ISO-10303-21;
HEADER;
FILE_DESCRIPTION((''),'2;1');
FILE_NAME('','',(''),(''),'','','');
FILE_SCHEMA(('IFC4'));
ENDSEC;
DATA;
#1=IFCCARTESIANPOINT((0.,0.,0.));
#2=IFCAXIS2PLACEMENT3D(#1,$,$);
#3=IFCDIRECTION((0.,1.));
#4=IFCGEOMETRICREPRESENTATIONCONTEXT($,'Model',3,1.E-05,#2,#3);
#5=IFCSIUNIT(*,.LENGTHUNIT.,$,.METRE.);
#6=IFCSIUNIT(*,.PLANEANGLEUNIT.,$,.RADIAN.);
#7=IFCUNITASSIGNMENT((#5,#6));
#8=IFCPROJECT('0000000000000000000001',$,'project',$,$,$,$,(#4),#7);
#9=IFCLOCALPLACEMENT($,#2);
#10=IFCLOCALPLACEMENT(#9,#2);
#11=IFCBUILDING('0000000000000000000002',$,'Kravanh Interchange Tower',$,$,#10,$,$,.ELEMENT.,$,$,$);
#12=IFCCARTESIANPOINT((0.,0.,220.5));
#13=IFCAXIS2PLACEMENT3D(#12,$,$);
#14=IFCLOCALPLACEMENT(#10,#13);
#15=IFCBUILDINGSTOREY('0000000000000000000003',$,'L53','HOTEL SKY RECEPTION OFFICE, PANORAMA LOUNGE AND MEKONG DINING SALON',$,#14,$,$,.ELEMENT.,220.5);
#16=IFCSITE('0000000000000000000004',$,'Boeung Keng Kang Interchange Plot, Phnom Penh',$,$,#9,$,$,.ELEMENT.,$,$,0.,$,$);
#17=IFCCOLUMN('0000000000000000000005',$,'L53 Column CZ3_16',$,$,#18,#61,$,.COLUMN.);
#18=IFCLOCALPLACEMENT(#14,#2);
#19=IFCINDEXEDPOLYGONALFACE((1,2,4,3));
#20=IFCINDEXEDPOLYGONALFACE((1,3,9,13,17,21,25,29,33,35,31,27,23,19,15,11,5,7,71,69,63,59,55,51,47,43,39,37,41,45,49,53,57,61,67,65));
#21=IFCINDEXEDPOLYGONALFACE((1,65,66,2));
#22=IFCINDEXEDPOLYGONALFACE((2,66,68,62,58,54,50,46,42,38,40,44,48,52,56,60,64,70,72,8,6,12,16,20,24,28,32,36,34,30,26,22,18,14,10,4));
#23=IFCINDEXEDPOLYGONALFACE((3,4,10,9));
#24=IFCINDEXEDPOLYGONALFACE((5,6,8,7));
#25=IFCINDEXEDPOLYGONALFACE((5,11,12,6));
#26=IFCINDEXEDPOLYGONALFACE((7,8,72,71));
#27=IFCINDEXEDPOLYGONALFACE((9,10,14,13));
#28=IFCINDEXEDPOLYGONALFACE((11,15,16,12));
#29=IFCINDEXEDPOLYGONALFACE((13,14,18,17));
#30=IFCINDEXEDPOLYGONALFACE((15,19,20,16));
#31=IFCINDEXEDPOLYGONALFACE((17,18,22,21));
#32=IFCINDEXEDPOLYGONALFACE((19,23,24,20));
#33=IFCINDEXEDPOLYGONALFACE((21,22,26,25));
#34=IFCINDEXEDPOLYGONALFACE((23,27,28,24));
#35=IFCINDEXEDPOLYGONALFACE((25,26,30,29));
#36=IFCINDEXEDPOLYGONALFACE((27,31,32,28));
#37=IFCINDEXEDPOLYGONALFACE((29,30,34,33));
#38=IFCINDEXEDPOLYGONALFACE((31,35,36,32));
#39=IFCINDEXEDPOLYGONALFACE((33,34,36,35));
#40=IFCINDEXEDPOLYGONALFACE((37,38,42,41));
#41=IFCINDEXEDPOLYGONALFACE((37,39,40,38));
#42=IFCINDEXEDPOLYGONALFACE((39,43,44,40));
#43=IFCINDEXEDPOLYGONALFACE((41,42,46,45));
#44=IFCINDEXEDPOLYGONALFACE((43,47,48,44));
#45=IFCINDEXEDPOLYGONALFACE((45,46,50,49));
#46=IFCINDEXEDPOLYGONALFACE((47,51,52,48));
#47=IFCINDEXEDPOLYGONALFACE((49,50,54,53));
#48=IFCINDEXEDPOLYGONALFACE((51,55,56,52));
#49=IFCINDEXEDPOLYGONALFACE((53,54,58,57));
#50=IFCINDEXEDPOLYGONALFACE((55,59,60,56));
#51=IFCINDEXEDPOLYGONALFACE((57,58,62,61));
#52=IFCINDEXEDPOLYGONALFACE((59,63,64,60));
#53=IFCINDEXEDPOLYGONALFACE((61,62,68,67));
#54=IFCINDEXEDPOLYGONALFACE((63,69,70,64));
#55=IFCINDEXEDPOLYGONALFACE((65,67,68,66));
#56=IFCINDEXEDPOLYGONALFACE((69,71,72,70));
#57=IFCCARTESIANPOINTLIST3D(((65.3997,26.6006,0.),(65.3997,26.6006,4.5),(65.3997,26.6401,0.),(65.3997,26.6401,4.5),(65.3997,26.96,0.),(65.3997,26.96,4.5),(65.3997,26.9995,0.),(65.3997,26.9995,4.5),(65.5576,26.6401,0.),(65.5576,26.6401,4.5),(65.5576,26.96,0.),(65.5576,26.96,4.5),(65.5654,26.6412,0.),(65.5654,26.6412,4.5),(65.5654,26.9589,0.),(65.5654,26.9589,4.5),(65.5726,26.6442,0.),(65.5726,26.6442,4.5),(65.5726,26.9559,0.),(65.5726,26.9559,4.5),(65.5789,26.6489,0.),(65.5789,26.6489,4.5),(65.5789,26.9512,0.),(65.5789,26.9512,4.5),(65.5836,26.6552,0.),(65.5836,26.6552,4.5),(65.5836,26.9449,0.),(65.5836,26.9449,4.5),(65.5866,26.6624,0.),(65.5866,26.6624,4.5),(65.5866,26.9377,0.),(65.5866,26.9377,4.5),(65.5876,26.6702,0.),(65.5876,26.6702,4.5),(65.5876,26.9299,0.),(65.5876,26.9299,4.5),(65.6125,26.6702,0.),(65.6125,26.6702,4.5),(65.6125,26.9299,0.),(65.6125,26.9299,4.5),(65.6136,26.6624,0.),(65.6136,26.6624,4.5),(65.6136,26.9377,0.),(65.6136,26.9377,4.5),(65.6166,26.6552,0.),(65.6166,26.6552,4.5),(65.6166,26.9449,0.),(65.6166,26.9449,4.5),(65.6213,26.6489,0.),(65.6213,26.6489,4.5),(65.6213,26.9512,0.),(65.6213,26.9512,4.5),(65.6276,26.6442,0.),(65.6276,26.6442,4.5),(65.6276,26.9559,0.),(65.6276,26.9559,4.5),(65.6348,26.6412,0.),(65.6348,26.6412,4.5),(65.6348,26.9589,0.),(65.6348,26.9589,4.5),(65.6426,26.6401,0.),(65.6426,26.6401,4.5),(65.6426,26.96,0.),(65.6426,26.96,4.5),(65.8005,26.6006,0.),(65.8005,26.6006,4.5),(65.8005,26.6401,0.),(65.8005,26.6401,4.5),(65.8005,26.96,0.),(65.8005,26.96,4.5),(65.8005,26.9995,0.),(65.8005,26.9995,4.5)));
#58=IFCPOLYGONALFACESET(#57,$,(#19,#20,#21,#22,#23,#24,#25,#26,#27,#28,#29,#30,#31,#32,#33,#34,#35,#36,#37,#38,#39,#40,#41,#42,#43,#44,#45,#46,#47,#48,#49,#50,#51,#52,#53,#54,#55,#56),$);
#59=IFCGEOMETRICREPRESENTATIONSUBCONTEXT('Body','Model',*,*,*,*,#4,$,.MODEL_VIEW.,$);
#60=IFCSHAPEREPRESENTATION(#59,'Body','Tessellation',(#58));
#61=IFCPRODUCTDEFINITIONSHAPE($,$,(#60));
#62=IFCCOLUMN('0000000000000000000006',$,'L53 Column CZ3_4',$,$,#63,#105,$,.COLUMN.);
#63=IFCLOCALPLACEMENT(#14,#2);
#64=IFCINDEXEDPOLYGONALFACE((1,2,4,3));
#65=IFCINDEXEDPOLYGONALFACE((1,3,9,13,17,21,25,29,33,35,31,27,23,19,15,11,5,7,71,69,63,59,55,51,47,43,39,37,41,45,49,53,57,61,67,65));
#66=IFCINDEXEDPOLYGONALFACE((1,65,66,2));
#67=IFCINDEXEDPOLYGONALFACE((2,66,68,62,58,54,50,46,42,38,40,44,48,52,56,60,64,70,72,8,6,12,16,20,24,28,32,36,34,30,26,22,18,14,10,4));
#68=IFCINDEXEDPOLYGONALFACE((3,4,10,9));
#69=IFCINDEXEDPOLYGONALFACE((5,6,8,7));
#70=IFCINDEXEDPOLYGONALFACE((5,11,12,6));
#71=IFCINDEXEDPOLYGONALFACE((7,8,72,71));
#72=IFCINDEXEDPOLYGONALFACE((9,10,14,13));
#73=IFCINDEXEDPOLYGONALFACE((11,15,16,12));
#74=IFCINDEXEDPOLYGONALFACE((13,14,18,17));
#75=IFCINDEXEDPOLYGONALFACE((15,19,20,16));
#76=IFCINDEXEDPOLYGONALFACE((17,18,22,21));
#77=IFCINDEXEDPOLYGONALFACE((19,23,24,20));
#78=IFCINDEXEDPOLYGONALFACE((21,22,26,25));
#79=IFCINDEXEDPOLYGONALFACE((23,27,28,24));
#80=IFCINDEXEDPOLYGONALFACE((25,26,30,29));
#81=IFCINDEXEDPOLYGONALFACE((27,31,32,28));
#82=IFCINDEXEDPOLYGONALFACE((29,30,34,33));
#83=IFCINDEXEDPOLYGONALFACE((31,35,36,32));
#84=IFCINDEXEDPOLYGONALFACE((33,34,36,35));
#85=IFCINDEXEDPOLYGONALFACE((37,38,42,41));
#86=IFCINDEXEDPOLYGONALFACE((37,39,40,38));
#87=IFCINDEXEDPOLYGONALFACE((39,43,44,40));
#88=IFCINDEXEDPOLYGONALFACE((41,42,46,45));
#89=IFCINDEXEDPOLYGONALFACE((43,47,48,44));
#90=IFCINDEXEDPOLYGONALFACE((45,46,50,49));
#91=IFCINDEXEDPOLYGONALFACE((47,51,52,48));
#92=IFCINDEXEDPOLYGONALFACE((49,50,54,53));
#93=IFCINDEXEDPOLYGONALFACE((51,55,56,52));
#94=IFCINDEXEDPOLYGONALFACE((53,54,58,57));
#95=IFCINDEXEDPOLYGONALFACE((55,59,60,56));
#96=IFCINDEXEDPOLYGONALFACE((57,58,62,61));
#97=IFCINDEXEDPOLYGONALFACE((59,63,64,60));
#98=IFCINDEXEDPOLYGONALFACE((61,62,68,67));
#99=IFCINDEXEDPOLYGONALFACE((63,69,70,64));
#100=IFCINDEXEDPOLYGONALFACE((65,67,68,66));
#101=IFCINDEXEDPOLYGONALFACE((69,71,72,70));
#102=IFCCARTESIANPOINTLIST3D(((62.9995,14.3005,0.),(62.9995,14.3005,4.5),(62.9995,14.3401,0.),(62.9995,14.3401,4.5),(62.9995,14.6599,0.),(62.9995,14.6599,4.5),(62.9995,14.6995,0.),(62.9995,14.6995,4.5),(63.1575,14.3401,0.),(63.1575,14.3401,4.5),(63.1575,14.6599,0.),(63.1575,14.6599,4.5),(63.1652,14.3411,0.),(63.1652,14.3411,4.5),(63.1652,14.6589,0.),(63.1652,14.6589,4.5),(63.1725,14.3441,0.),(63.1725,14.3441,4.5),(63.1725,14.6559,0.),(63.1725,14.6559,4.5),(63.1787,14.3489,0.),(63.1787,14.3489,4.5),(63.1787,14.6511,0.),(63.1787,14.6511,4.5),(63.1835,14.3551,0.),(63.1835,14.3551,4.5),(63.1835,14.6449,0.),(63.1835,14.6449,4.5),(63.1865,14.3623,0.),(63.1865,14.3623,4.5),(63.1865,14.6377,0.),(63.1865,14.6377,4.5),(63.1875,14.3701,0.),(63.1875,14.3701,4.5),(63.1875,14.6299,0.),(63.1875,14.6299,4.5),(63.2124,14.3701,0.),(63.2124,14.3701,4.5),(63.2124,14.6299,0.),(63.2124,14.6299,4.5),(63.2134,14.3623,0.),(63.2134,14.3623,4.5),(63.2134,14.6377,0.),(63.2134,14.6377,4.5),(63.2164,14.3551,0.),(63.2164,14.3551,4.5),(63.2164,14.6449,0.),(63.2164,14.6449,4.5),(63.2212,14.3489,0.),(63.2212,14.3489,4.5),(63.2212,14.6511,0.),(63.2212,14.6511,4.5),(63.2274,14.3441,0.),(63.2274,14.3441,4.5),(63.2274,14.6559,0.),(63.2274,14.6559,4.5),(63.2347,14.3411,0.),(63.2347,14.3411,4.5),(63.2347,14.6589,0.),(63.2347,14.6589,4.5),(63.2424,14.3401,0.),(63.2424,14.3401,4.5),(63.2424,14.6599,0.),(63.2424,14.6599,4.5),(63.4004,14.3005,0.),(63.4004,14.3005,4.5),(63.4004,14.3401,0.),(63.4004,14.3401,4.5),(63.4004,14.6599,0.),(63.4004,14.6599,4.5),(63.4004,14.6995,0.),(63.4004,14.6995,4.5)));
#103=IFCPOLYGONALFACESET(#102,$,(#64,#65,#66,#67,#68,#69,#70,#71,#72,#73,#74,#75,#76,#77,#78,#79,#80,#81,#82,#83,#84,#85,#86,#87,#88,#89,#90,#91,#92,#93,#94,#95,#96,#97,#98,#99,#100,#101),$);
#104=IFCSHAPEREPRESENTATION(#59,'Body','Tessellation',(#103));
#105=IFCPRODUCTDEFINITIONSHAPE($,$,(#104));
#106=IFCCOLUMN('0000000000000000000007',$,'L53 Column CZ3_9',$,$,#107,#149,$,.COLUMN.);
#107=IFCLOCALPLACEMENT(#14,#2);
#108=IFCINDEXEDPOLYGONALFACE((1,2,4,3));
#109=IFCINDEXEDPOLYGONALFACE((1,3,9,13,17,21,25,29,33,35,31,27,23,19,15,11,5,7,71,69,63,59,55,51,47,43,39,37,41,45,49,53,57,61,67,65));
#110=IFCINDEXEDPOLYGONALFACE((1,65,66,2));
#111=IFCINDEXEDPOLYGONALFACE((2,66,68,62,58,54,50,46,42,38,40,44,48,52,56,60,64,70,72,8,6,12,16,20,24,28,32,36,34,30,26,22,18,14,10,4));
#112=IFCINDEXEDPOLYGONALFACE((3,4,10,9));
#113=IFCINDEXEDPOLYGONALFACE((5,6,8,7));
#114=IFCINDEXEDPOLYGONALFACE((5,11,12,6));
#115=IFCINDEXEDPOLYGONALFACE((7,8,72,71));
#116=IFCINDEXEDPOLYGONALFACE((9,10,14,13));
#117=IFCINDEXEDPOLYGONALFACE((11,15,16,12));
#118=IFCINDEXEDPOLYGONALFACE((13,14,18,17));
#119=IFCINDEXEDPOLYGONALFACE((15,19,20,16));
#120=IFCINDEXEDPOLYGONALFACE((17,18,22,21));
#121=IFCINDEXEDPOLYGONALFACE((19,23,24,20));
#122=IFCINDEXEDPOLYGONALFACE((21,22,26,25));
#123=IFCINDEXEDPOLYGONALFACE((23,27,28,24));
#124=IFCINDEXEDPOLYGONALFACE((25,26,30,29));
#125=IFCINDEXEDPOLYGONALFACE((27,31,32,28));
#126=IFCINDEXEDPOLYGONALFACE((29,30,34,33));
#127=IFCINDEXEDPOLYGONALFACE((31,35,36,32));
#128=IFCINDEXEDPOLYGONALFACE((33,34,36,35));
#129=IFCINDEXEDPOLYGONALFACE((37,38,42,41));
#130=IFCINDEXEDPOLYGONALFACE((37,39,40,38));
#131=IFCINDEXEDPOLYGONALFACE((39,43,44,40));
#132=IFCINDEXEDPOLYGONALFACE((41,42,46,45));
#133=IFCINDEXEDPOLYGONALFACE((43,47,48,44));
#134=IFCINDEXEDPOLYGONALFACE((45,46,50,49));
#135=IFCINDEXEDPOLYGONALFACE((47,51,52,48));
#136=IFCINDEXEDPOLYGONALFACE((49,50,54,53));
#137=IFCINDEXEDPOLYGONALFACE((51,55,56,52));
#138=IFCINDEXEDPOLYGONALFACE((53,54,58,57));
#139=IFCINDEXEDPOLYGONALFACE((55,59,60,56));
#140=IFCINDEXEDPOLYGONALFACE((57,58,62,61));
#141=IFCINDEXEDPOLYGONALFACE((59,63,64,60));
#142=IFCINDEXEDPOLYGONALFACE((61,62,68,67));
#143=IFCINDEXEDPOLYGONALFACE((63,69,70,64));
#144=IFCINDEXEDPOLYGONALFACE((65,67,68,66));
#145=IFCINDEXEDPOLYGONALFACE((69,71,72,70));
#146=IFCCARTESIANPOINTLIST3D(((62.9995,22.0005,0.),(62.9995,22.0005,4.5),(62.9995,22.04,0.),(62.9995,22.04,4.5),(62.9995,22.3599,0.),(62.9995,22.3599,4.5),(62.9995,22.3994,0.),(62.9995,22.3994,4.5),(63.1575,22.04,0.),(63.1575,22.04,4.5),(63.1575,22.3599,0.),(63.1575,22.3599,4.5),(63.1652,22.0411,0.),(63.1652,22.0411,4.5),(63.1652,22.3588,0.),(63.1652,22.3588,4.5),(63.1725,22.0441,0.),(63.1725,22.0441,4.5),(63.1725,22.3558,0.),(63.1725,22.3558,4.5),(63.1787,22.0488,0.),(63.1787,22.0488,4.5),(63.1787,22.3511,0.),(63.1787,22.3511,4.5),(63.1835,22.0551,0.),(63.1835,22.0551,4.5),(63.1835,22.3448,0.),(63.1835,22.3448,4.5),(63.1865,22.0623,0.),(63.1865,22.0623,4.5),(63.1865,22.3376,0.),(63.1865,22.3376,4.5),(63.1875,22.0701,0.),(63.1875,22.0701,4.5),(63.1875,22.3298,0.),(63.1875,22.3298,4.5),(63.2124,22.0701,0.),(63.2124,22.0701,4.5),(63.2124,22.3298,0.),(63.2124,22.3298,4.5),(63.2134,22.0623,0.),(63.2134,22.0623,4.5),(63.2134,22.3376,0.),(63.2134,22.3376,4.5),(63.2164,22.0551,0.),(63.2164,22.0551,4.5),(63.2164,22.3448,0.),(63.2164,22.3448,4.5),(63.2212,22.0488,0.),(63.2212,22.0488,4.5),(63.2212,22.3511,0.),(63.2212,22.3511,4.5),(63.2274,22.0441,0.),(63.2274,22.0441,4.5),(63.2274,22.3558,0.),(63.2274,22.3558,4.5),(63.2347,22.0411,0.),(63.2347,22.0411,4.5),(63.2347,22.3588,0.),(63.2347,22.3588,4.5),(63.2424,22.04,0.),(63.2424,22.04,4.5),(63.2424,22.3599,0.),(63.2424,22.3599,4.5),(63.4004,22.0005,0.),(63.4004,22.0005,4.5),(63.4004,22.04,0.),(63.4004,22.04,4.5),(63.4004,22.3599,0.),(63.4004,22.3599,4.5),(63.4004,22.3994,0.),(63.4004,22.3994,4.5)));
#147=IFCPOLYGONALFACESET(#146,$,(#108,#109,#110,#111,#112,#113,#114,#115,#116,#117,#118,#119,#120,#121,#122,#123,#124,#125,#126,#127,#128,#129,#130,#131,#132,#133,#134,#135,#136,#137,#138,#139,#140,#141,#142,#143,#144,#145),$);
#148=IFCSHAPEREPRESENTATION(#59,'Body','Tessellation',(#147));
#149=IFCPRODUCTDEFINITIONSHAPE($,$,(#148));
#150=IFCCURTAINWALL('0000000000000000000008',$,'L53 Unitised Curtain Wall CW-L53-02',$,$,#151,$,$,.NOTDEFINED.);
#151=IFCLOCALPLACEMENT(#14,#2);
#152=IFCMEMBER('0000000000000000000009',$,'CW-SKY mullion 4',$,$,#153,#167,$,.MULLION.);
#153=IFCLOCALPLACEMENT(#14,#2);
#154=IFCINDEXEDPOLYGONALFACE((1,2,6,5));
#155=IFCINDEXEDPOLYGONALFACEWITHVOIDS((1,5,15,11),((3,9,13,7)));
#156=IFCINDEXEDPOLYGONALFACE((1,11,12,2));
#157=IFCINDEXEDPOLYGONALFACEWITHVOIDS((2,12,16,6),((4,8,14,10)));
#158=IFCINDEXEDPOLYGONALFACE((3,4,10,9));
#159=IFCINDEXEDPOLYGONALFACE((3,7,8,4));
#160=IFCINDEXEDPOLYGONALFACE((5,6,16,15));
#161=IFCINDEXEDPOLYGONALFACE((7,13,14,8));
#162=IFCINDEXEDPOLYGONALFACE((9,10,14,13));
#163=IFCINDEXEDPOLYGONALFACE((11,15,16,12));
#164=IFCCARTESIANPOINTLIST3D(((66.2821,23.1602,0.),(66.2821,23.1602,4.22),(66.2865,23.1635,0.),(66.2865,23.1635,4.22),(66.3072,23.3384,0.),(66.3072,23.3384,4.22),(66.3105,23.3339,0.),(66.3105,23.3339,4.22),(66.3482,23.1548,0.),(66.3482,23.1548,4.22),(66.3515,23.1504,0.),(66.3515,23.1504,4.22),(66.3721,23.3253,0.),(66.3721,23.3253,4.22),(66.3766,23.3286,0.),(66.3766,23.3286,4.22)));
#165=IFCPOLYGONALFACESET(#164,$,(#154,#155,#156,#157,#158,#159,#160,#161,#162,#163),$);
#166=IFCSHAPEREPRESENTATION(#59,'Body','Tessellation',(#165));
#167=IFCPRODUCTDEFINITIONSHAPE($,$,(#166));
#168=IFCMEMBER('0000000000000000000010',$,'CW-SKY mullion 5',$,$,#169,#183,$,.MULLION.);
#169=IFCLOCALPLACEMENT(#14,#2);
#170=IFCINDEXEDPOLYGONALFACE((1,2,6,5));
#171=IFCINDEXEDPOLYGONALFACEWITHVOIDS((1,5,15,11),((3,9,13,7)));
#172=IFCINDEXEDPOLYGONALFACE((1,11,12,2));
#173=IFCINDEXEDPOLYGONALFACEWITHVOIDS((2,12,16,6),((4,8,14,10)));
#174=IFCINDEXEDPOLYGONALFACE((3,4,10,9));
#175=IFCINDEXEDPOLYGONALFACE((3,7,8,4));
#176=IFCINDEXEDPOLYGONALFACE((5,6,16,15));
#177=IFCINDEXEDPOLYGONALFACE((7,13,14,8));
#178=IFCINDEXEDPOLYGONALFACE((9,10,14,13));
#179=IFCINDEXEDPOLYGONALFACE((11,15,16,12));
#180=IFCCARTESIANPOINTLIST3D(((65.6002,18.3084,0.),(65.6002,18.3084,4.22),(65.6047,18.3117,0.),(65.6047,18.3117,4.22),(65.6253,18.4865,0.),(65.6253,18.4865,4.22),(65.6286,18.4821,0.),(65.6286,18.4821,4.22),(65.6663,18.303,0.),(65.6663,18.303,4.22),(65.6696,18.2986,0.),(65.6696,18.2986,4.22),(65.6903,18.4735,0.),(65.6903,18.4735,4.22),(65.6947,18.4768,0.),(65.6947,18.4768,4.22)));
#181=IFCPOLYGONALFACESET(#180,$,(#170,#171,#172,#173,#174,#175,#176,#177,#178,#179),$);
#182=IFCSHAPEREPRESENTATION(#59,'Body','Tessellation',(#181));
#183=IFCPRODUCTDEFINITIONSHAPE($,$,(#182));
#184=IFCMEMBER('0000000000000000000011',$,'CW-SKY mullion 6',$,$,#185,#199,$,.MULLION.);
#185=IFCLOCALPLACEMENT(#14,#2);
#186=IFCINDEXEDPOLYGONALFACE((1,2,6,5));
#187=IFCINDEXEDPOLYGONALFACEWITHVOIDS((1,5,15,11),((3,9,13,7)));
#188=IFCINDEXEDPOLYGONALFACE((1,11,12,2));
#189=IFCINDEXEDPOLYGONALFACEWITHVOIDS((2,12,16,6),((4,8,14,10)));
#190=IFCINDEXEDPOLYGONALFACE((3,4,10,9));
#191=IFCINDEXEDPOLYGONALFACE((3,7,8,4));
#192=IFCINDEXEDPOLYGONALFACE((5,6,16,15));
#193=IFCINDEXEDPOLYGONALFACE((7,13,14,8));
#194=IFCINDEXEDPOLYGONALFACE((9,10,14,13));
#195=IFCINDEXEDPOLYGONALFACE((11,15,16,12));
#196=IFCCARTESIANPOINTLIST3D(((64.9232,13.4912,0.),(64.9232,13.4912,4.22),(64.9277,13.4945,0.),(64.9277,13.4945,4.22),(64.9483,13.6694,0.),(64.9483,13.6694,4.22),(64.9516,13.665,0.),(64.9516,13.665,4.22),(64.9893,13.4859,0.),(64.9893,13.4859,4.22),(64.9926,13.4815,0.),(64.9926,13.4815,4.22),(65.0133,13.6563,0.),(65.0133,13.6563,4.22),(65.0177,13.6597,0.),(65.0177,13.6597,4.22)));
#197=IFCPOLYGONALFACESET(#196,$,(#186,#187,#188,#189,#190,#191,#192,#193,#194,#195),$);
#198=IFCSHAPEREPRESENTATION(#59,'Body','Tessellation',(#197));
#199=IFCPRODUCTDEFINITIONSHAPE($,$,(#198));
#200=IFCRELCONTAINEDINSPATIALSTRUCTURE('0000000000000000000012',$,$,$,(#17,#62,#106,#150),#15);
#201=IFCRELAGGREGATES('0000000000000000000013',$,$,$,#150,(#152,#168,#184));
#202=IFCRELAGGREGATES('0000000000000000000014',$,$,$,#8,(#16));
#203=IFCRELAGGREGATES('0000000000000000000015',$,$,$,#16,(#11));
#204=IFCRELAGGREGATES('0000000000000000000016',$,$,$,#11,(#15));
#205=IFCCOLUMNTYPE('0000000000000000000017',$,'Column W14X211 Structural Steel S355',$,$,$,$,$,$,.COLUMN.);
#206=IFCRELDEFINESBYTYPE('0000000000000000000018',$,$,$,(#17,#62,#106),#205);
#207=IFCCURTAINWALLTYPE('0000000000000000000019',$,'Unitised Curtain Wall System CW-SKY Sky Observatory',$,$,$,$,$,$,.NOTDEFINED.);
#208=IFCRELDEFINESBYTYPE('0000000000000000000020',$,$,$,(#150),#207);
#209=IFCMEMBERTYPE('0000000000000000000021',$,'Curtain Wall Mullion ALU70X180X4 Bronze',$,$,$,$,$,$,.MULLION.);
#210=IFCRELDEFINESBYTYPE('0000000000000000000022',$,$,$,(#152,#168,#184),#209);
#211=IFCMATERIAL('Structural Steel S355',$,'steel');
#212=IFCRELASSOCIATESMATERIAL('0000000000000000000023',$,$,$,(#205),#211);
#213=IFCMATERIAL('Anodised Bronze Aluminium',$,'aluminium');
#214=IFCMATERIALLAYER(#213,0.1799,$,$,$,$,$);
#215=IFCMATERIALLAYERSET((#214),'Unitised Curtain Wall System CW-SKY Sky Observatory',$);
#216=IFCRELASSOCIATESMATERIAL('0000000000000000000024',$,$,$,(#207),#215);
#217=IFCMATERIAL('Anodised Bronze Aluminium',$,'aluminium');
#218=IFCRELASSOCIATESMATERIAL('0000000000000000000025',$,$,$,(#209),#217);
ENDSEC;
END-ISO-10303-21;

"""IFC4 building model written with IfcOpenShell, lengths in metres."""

from ifc_helpers import new_model, si_unit, direction, frame, origin, origin_2d, place, context, subcontext, project, spatial, hollow_rectangle, i_section, extrude, material, layer, layer_set, material_profile, profile_set, type_object, element, aggregate, save


model = new_model("IFC4")

# Units and contexts
model_context = context("Model", 3, precision=1e-05, world=origin(), true_north=direction((0.0, 1.0)))
body_context = subcontext(model_context, "Body", "Model", "MODEL_VIEW")
ifc_project = project(units=[si_unit("LENGTHUNIT", "METRE"), si_unit("PLANEANGLEUNIT", "RADIAN")], contexts=[model_context])

# Site, building, storey
site_placement = place(None, origin())
site = spatial("IfcSite", under=ifc_project, at=site_placement, Name="Boeung Keng Kang Interchange Plot, Phnom Penh", CompositionType="ELEMENT", RefElevation=0.0)
building_placement = place(site_placement, origin())
building = spatial("IfcBuilding", under=site, at=building_placement, Name="Kravanh Interchange Tower", CompositionType="ELEMENT")
storey_placement = place(building_placement, frame((0.0, 0.0, 220.5)))
storey = spatial("IfcBuildingStorey", under=building, at=storey_placement, Name="L53", Description="HOTEL SKY RECEPTION OFFICE, PANORAMA LOUNGE AND MEKONG DINING SALON", CompositionType="ELEMENT", Elevation=220.5)

# Columns
ifc_material_1 = material(Name="Structural Steel S355", Category="steel")
ifc_material_profile_1 = material_profile(ifc_material_1, i_section(OverallWidth=0.4009, OverallDepth=0.3989, WebThickness=0.0249, FlangeThickness=0.0396, FilletRadius=0.03, at=origin_2d()), Name="W14X211")
ifc_profile_set_1 = profile_set([ifc_material_profile_1], Name="Structural Steel S355")
column_type = type_object("IfcColumnType", Name="Column W14X211 Structural Steel S355", PredefinedType="COLUMN", material=ifc_profile_set_1)
for number, where, z_axis, x_axis, name in (
    (1, (65.6001, 26.8, 0.0), (0.0, 0.0, 1.0), (1.0, 0.0, 0.0), "L53 Column CZ3_16"),
    (2, (63.2, 14.5, 0.0), (0.0, 0.0, 1.0), (1.0, 0.0, 0.0), "L53 Column CZ3_4"),
    (3, (63.2, 22.2, 0.0), (0.0, 0.0, 1.0), (1.0, 0.0, 0.0), "L53 Column CZ3_9"),
):
    element("IfcColumn", number, at=place(storey_placement, frame(where, z_axis=z_axis, x_axis=x_axis)), inside=storey, type_object=column_type, Name=name, PredefinedType="COLUMN", context=body_context, shape_type="SweptSolid", body=[
        extrude(i_section(OverallWidth=0.4009, OverallDepth=0.3989, WebThickness=0.0249, FlangeThickness=0.0396, FilletRadius=0.03, at=origin_2d()), origin(), (0.0, 0.0, 1.0), 4.5),
    ])

# Curtain wall, members
ifc_material_2 = material(Name="Anodised Bronze Aluminium", Category="aluminium")
ifc_layer_1 = layer(ifc_material_2, 0.1799)
ifc_layer_set_1 = layer_set([ifc_layer_1], Name="Unitised Curtain Wall System CW-SKY Sky Observatory")
curtain_wall_type = type_object("IfcCurtainWallType", Name="Unitised Curtain Wall System CW-SKY Sky Observatory", PredefinedType="NOTDEFINED", material=ifc_layer_set_1)
curtain_wall_1_placement = place(storey_placement, origin())
curtain_wall_1 = element("IfcCurtainWall", 4, at=curtain_wall_1_placement, inside=storey, type_object=curtain_wall_type, Name="L53 Unitised Curtain Wall CW-L53-02", PredefinedType="NOTDEFINED")
ifc_material_3 = material(Name="Anodised Bronze Aluminium", Category="aluminium")
ifc_material_profile_2 = material_profile(ifc_material_3, hollow_rectangle(XDim=0.0701, YDim=0.1799, WallThickness=0.0039, at=origin_2d()), Name="ALU70X180X4")
ifc_profile_set_2 = profile_set([ifc_material_profile_2], Name="Anodised Bronze Aluminium")
member_type_1 = type_object("IfcMemberType", Name="Curtain Wall Mullion ALU70X180X4 Bronze", PredefinedType="MULLION", material=ifc_profile_set_2)
member_1_placement = place(storey_placement, frame((66.3293, 23.2444, 0.0), z_axis=(0.0, 0.0, 1.0), x_axis=(0.990268, -0.139172, 0.0)))
member_1 = element("IfcMember", 5, at=member_1_placement, type_object=member_type_1, Name="CW-SKY mullion 4", PredefinedType="MULLION", context=body_context, shape_type="SweptSolid", body=[
    extrude(hollow_rectangle(XDim=0.0701, YDim=0.1799, WallThickness=0.0039, at=origin_2d()), origin(), (0.0, 0.0, 1.0), 4.22),
])
member_2_placement = place(storey_placement, frame((65.6475, 18.3926, 0.0), z_axis=(0.0, 0.0, 1.0), x_axis=(0.990268, -0.139172, 0.0)))
member_2 = element("IfcMember", 6, at=member_2_placement, type_object=member_type_1, Name="CW-SKY mullion 5", PredefinedType="MULLION", context=body_context, shape_type="SweptSolid", body=[
    extrude(hollow_rectangle(XDim=0.0701, YDim=0.1799, WallThickness=0.0039, at=origin_2d()), origin(), (0.0, 0.0, 1.0), 4.22),
])
member_3_placement = place(storey_placement, frame((64.9705, 13.5754, 0.0), z_axis=(0.0, 0.0, 1.0), x_axis=(0.990268, -0.139172, 0.0)))
member_3 = element("IfcMember", 7, at=member_3_placement, type_object=member_type_1, Name="CW-SKY mullion 6", PredefinedType="MULLION", context=body_context, shape_type="SweptSolid", body=[
    extrude(hollow_rectangle(XDim=0.0701, YDim=0.1799, WallThickness=0.0039, at=origin_2d()), origin(), (0.0, 0.0, 1.0), 4.22),
])

aggregate(curtain_wall_1, [member_1, member_2, member_3])

save(model, "model.ifc")
